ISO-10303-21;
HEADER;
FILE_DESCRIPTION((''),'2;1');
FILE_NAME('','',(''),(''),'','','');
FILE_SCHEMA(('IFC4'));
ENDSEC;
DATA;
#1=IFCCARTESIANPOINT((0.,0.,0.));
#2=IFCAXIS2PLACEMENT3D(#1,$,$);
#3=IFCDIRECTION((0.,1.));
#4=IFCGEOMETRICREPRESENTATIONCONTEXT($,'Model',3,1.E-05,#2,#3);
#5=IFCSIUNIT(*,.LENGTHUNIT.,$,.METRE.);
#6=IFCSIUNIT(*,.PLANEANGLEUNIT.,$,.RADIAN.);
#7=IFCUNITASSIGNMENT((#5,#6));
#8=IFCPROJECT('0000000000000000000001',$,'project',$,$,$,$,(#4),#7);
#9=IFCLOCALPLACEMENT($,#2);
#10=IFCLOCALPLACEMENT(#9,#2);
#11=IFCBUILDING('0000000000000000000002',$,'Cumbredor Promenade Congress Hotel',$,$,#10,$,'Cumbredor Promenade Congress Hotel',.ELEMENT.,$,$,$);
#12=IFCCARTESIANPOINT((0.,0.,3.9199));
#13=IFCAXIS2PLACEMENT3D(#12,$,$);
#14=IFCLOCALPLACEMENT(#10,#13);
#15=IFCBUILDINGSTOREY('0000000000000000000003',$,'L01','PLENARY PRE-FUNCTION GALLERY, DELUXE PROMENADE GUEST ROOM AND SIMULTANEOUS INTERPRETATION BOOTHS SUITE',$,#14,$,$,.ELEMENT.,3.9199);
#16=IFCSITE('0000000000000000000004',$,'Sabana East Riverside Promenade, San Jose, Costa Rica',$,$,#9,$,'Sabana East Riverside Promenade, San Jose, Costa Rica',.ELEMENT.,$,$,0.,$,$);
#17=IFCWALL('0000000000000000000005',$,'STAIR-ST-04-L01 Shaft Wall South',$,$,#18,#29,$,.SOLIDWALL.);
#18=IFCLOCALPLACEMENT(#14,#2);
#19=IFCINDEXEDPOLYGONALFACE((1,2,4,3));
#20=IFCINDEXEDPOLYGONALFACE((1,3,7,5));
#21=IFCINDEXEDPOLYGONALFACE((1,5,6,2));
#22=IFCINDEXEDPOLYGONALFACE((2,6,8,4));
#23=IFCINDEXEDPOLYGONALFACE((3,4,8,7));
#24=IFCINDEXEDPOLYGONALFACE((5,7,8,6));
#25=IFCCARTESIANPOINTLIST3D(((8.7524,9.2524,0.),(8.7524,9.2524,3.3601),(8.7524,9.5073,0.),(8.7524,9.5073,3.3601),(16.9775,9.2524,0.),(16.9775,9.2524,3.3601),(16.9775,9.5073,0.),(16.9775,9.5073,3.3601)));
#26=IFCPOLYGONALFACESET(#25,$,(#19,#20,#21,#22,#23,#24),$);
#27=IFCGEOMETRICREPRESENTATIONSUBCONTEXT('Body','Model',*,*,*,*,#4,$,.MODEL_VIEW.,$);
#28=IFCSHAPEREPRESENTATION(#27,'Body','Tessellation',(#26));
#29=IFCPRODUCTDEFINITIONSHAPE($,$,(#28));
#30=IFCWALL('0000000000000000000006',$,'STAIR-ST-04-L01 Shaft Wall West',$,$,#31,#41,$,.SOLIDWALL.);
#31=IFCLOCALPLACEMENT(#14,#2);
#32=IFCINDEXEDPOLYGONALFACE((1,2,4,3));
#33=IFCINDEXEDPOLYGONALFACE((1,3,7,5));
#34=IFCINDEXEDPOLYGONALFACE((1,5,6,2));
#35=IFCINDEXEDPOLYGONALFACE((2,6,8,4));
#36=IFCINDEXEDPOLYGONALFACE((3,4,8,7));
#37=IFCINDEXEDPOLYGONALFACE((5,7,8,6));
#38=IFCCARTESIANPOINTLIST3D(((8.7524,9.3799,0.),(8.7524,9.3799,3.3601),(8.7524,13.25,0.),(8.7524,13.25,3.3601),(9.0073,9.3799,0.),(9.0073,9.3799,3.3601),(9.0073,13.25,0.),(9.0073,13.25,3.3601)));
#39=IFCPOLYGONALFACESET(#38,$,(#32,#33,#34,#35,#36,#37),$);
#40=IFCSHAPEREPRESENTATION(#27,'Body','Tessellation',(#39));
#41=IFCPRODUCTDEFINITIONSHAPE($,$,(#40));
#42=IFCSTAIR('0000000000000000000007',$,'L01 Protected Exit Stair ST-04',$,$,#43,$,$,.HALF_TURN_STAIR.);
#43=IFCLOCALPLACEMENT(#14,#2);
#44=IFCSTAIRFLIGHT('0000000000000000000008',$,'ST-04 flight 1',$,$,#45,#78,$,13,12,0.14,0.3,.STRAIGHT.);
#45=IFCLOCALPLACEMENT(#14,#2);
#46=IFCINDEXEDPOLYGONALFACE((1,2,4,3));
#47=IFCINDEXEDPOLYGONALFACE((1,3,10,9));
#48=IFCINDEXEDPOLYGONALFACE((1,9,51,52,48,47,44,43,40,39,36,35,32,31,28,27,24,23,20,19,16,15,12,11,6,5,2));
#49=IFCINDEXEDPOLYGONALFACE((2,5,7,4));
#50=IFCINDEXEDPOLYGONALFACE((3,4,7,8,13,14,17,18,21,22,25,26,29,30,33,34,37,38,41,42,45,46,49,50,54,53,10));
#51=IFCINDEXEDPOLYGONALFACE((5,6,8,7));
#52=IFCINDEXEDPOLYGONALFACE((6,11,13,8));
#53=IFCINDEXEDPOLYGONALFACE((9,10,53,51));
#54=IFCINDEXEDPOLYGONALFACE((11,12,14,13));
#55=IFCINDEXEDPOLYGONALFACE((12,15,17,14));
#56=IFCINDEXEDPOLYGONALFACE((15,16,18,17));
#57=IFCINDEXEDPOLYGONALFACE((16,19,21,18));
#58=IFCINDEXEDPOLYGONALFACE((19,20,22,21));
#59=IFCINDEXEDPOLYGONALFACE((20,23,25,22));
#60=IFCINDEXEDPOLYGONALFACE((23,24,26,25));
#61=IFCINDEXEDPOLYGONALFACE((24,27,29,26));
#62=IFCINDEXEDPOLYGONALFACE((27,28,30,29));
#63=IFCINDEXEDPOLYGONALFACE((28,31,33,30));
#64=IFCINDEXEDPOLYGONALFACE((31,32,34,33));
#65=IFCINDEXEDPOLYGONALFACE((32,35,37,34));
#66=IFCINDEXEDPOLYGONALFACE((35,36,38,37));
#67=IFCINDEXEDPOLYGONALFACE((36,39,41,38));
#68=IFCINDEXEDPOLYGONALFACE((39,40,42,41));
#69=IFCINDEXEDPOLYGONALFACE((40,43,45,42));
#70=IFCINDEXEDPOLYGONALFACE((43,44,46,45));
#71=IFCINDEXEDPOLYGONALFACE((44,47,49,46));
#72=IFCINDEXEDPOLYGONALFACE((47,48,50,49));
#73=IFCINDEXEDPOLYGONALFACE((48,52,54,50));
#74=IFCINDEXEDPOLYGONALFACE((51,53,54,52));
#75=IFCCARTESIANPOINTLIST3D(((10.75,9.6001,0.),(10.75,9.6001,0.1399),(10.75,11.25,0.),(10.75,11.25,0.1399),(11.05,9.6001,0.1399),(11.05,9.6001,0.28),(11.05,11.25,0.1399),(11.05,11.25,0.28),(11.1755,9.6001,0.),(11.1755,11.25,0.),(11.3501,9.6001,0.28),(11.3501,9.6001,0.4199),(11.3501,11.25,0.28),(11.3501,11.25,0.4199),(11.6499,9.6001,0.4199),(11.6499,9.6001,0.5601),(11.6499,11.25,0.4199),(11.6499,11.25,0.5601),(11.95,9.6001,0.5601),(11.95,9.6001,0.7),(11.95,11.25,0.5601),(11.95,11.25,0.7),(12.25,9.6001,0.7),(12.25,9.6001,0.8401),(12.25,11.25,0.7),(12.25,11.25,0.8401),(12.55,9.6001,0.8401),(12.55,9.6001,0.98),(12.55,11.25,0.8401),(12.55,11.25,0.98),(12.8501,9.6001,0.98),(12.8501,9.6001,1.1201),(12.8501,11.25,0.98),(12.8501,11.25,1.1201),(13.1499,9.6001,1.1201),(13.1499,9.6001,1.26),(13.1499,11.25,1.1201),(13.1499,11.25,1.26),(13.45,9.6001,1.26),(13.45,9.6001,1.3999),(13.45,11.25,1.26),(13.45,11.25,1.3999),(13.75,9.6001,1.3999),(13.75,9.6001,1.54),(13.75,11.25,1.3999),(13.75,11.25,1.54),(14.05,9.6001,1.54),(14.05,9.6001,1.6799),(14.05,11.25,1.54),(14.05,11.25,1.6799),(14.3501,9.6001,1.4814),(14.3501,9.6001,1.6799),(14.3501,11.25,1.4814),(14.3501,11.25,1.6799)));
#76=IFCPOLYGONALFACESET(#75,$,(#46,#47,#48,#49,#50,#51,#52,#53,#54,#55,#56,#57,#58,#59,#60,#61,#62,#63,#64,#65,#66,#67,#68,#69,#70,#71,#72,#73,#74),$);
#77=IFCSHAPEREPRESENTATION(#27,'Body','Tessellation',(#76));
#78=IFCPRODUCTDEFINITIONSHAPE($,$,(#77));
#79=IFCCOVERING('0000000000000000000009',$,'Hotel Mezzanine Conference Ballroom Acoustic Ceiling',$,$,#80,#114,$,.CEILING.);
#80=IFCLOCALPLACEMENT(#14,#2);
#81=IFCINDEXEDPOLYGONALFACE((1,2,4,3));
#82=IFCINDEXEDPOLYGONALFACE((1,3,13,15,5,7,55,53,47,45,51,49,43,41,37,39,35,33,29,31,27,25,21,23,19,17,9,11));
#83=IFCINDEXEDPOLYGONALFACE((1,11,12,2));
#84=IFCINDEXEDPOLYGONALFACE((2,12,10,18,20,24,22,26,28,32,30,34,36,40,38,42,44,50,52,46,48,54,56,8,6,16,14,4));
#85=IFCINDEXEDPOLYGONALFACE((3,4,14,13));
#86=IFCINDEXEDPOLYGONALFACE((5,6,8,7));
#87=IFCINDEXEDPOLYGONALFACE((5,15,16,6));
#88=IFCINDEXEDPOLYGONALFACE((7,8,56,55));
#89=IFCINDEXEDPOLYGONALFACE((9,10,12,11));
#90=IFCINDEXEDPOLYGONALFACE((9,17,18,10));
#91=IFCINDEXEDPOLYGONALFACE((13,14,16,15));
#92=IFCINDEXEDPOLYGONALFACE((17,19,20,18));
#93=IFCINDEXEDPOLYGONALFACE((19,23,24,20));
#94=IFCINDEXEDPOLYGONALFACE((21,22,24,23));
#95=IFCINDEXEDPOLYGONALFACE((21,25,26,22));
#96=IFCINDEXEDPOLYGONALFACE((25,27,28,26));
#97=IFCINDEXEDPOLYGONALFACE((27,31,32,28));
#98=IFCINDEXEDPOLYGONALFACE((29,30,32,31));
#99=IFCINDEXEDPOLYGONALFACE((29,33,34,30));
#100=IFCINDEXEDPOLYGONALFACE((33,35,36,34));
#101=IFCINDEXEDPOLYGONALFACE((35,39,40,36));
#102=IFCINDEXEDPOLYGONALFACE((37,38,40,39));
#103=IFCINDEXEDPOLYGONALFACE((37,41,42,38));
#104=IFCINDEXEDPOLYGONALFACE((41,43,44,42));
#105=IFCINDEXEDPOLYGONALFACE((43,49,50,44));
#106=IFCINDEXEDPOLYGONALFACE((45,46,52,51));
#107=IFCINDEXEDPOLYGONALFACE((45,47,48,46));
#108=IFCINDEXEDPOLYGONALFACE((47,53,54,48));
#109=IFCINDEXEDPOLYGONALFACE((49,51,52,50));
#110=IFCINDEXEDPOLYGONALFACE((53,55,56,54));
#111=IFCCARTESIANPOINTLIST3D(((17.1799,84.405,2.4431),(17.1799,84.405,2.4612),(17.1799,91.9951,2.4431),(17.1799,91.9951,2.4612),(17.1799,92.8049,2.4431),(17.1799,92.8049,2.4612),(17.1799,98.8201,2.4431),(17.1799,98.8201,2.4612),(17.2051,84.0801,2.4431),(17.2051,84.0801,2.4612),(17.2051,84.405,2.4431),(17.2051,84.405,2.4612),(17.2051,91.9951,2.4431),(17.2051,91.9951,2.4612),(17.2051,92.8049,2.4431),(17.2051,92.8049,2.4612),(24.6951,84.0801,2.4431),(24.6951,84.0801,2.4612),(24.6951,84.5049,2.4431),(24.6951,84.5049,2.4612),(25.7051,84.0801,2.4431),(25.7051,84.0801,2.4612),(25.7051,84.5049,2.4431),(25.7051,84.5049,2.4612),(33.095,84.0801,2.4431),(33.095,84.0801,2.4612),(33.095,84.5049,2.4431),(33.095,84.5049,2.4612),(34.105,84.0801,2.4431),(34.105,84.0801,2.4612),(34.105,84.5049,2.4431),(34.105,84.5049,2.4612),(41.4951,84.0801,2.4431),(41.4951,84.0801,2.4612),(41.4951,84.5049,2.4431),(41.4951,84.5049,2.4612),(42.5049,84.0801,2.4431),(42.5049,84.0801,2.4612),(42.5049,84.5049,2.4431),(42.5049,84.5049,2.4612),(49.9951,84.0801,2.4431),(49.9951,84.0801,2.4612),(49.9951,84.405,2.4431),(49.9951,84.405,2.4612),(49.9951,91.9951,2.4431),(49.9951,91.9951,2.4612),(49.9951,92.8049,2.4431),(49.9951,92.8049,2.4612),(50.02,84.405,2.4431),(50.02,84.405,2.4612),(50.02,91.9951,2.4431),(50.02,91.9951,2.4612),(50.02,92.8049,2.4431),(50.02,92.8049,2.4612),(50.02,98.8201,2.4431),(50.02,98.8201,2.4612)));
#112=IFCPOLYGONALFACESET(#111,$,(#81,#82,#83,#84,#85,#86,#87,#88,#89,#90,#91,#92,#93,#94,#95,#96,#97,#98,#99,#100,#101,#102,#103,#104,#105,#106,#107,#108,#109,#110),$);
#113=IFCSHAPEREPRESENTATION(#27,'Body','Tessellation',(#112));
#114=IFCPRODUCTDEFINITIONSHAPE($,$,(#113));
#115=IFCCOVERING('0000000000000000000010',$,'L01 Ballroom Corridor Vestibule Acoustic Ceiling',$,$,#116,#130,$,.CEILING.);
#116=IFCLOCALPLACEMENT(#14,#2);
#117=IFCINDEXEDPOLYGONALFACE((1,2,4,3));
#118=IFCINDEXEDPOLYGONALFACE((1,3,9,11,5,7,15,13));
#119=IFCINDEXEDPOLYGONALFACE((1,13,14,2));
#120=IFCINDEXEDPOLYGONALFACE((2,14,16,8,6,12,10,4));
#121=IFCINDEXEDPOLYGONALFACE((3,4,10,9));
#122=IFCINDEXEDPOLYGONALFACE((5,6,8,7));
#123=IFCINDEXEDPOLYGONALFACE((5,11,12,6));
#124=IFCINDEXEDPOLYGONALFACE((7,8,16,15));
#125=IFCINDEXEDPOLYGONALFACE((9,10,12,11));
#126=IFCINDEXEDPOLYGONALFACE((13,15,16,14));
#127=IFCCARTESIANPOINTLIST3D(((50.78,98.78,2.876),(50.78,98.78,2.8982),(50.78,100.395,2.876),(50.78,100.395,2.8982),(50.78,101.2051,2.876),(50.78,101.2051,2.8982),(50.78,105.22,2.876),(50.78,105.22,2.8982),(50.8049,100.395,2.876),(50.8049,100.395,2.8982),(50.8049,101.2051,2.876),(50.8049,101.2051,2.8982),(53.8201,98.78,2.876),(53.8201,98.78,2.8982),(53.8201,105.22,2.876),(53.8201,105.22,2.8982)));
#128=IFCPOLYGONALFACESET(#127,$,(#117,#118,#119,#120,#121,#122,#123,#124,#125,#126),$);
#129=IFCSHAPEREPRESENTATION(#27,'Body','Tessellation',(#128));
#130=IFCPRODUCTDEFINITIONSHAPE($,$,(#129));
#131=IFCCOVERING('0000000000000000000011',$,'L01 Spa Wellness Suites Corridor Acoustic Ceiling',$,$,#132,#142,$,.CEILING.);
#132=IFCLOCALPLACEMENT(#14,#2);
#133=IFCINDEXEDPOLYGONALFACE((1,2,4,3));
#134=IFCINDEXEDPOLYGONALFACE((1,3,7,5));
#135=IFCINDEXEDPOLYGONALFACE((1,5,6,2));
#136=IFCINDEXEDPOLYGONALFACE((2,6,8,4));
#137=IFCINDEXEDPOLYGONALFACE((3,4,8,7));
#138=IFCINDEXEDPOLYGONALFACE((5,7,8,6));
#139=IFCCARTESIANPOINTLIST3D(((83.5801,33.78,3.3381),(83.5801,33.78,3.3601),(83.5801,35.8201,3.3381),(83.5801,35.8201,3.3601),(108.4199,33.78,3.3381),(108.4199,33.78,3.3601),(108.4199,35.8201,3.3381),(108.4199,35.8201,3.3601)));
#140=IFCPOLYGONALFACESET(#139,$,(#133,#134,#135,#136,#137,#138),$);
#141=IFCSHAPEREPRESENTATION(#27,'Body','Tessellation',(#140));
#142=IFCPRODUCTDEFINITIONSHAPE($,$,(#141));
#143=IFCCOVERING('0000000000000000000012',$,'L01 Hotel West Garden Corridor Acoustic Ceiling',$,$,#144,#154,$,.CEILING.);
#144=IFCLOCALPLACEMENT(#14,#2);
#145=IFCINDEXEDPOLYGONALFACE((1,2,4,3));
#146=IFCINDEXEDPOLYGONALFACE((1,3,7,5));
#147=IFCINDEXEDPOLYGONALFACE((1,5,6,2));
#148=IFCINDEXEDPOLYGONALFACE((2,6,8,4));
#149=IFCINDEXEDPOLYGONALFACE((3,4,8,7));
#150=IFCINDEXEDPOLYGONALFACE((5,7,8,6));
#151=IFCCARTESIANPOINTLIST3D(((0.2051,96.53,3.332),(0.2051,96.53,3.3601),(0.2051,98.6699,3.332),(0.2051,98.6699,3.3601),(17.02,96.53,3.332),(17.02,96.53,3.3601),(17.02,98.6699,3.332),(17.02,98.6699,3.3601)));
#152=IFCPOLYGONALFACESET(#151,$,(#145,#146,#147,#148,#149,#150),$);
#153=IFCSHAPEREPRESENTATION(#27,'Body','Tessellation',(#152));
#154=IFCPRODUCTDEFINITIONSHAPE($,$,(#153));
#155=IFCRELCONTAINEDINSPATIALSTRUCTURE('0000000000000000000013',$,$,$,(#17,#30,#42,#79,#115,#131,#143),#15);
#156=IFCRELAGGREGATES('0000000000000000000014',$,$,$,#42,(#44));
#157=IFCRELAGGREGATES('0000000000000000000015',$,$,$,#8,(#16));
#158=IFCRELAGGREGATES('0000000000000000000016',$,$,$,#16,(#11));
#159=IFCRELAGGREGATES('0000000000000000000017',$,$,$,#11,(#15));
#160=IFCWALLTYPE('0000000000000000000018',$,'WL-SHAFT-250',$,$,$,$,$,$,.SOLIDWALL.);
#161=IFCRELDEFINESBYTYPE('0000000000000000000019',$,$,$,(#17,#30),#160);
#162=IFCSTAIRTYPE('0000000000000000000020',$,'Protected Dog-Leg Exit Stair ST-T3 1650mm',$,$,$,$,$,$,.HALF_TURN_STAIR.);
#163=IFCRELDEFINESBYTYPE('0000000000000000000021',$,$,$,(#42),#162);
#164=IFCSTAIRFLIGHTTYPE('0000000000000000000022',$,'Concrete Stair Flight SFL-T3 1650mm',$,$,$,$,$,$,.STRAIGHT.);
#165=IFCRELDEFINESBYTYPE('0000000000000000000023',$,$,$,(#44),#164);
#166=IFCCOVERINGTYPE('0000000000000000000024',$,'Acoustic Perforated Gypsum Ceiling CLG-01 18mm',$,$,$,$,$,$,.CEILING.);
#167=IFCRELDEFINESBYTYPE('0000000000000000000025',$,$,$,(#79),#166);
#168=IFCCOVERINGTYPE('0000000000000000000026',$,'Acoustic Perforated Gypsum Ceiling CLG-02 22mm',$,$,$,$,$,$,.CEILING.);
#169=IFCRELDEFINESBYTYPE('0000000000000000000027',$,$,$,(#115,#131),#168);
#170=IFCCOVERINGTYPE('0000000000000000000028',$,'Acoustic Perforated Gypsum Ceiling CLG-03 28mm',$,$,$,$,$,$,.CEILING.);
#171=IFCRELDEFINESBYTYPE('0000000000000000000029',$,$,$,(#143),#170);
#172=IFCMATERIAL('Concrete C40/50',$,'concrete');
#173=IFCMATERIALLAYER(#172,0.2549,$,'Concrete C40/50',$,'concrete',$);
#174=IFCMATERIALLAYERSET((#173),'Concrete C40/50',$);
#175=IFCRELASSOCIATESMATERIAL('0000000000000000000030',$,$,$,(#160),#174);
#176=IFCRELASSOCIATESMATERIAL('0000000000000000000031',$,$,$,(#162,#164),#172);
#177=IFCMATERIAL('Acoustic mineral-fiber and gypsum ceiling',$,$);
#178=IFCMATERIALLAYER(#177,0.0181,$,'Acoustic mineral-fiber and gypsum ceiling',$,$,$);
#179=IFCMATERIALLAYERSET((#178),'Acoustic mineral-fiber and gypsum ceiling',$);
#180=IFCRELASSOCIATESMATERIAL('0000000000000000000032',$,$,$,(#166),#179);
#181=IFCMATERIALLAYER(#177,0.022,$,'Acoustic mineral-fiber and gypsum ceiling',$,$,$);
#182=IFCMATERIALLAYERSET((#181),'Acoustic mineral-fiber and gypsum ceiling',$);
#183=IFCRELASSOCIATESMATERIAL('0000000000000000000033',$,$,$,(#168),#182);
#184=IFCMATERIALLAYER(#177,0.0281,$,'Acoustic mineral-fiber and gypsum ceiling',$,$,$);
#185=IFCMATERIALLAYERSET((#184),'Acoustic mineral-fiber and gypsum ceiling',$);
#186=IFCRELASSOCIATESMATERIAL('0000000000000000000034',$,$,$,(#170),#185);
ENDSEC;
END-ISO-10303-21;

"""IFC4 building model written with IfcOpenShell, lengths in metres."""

from ifc_helpers import new_model, si_unit, direction, frame, frame_2d, origin, place, context, subcontext, project, spatial, polyline, rectangle, outline, extrude, material, layer, layer_set, type_object, element, aggregate, save


model = new_model("IFC4")

# Units and contexts
model_context = context("Model", 3, precision=1e-05, world=origin(), true_north=direction((0.0, 1.0)))
body_context = subcontext(model_context, "Body", "Model", "MODEL_VIEW")
ifc_project = project(units=[si_unit("LENGTHUNIT", "METRE"), si_unit("PLANEANGLEUNIT", "RADIAN")], contexts=[model_context])

# Site, building, storey
site_placement = place(None, origin())
site = spatial("IfcSite", under=ifc_project, at=site_placement, Name="Sabana East Riverside Promenade, San Jose, Costa Rica", LongName="Sabana East Riverside Promenade, San Jose, Costa Rica", CompositionType="ELEMENT", RefElevation=0.0)
building_placement = place(site_placement, origin())
building = spatial("IfcBuilding", under=site, at=building_placement, Name="Cumbredor Promenade Congress Hotel", LongName="Cumbredor Promenade Congress Hotel", CompositionType="ELEMENT")
storey_placement = place(building_placement, frame((0.0, 0.0, 3.9199)))
storey = spatial("IfcBuildingStorey", under=building, at=storey_placement, Name="L01", Description="PLENARY PRE-FUNCTION GALLERY, DELUXE PROMENADE GUEST ROOM AND SIMULTANEOUS INTERPRETATION BOOTHS SUITE", CompositionType="ELEMENT", Elevation=3.9199)

# Shared definitions
ifc_material_1 = material(Name="Concrete C40/50", Category="concrete")

# Walls
ifc_layer_1 = layer(ifc_material_1, 0.2549, Name="Concrete C40/50", Category="concrete")
ifc_layer_set_1 = layer_set([ifc_layer_1], Name="Concrete C40/50")
wall_type_1 = type_object("IfcWallType", Name="WL-SHAFT-250", PredefinedType="SOLIDWALL", material=ifc_layer_set_1)
wall_1_placement = place(storey_placement, frame((8.7524, 9.3799, 0.0), z_axis=(0.0, 0.0, 1.0), x_axis=(1.0, 0.0, 0.0)))
element("IfcWall", 1, at=wall_1_placement, inside=storey, type_object=wall_type_1, Name="STAIR-ST-04-L01 Shaft Wall South", PredefinedType="SOLIDWALL", context=body_context, shape_type="SweptSolid", body=[
    extrude(rectangle(XDim=8.2251, YDim=0.2549, at=frame_2d((4.1125, 0.0))), origin(), (0.0, 0.0, 1.0), 3.3601),
])
wall_2_placement = place(storey_placement, frame((8.8799, 9.3799, 0.0), z_axis=(0.0, 0.0, 1.0), x_axis=(0.0, 1.0, 0.0)))
element("IfcWall", 2, at=wall_2_placement, inside=storey, type_object=wall_type_1, Name="STAIR-ST-04-L01 Shaft Wall West", PredefinedType="SOLIDWALL", context=body_context, shape_type="SweptSolid", body=[
    extrude(rectangle(XDim=3.8701, YDim=0.2549, at=frame_2d((1.9351, 0.0))), origin(), (0.0, 0.0, 1.0), 3.3601),
])

# Stair, stair flight
stair_type = type_object("IfcStairType", Name="Protected Dog-Leg Exit Stair ST-T3 1650mm", PredefinedType="HALF_TURN_STAIR", material=ifc_material_1)
stair_placement = place(storey_placement, origin())
stair = element("IfcStair", 3, at=stair_placement, inside=storey, type_object=stair_type, Name="L01 Protected Exit Stair ST-04", PredefinedType="HALF_TURN_STAIR")
stair_flight_type = type_object("IfcStairFlightType", Name="Concrete Stair Flight SFL-T3 1650mm", PredefinedType="STRAIGHT", material=ifc_material_1)
stair_flight_placement = place(storey_placement, frame((10.75, 10.425, 0.0), z_axis=(0.0, 0.0, 1.0), x_axis=(1.0, 0.0, 0.0)))
stair_flight = element("IfcStairFlight", 4, at=stair_flight_placement, type_object=stair_flight_type, Name="ST-04 flight 1", NumberOfRisers=13, NumberOfTreads=12, PredefinedType="STRAIGHT", RiserHeight=0.14, TreadLength=0.3, context=body_context, shape_type="SweptSolid", body=[
    extrude(outline(polyline([(0.0, 0.0), (0.0, 0.1399), (0.3, 0.1399), (0.3, 0.28), (0.6001, 0.28), (0.6001, 0.4199), (0.8999, 0.4199), (0.8999, 0.5601), (1.2, 0.5601), (1.2, 0.7), (1.5, 0.7), (1.5, 0.8401), (1.8, 0.8401), (1.8, 0.98), (2.1001, 0.98), (2.1001, 1.1201), (2.3999, 1.1201), (2.3999, 1.26), (2.7, 1.26), (2.7, 1.3999), (3.0, 1.3999), (3.0, 1.54), (3.3, 1.54), (3.3, 1.6799), (3.6001, 1.6799), (3.6001, 1.8201), (3.6001, 1.4814), (0.4255, 0.0), (0.0, 0.0)])), frame((0.0, 0.825, 0.0), z_axis=(0.0, -1.0, 0.0), x_axis=(1.0, 0.0, 0.0)), (0.0, 0.0, 1.0), 1.6499),
])
aggregate(stair, [stair_flight])

# Coverings
ifc_material_2 = material(Name="Acoustic mineral-fiber and gypsum ceiling")
ifc_layer_2 = layer(ifc_material_2, 0.0181, Name="Acoustic mineral-fiber and gypsum ceiling")
ifc_layer_set_2 = layer_set([ifc_layer_2], Name="Acoustic mineral-fiber and gypsum ceiling")
covering_type_1 = type_object("IfcCoveringType", Name="Acoustic Perforated Gypsum Ceiling CLG-01 18mm", PredefinedType="CEILING", material=ifc_layer_set_2)
covering_1_placement = place(storey_placement, frame((0.0, 0.0, 2.4431)))
element("IfcCovering", 5, at=covering_1_placement, inside=storey, type_object=covering_type_1, Name="Hotel Mezzanine Conference Ballroom Acoustic Ceiling", PredefinedType="CEILING", context=body_context, shape_type="SweptSolid", body=[
    extrude(outline(polyline([(33.095, 84.0801), (25.7051, 84.0801), (25.7051, 84.5049), (24.6951, 84.5049), (24.6951, 84.0801), (17.2051, 84.0801), (17.2051, 84.405), (17.1799, 84.405), (17.1799, 91.9951), (17.2051, 91.9951), (17.2051, 92.8049), (17.1799, 92.8049), (17.1799, 98.8201), (50.02, 98.8201), (50.02, 92.8049), (49.9951, 92.8049), (49.9951, 91.9951), (50.02, 91.9951), (50.02, 84.405), (49.9951, 84.405), (49.9951, 84.0801), (42.5049, 84.0801), (42.5049, 84.5049), (41.4951, 84.5049), (41.4951, 84.0801), (34.105, 84.0801), (34.105, 84.5049), (33.095, 84.5049), (33.095, 84.0801)])), origin(), (0.0, 0.0, 1.0), 0.0181),
])
ifc_layer_3 = layer(ifc_material_2, 0.022, Name="Acoustic mineral-fiber and gypsum ceiling")
ifc_layer_set_3 = layer_set([ifc_layer_3], Name="Acoustic mineral-fiber and gypsum ceiling")
covering_type_2 = type_object("IfcCoveringType", Name="Acoustic Perforated Gypsum Ceiling CLG-02 22mm", PredefinedType="CEILING", material=ifc_layer_set_3)
covering_2_placement = place(storey_placement, frame((0.0, 0.0, 2.876)))
element("IfcCovering", 6, at=covering_2_placement, inside=storey, type_object=covering_type_2, Name="L01 Ballroom Corridor Vestibule Acoustic Ceiling", PredefinedType="CEILING", context=body_context, shape_type="SweptSolid", body=[
    extrude(outline(polyline([(50.78, 100.395), (50.8049, 100.395), (50.8049, 101.2051), (50.78, 101.2051), (50.78, 105.22), (53.8201, 105.22), (53.8201, 98.78), (50.78, 98.78), (50.78, 100.395)])), origin(), (0.0, 0.0, 1.0), 0.0222),
])
covering_3_placement = place(storey_placement, frame((0.0, 0.0, 3.3381)))
element("IfcCovering", 7, at=covering_3_placement, inside=storey, type_object=covering_type_2, Name="L01 Spa Wellness Suites Corridor Acoustic Ceiling", PredefinedType="CEILING", context=body_context, shape_type="SweptSolid", body=[
    extrude(outline(polyline([(83.5801, 33.78), (83.5801, 35.8201), (108.4199, 35.8201), (108.4199, 33.78), (83.5801, 33.78)])), origin(), (0.0, 0.0, 1.0), 0.022),
])
ifc_layer_4 = layer(ifc_material_2, 0.0281, Name="Acoustic mineral-fiber and gypsum ceiling")
ifc_layer_set_4 = layer_set([ifc_layer_4], Name="Acoustic mineral-fiber and gypsum ceiling")
covering_type_3 = type_object("IfcCoveringType", Name="Acoustic Perforated Gypsum Ceiling CLG-03 28mm", PredefinedType="CEILING", material=ifc_layer_set_4)
covering_4_placement = place(storey_placement, frame((0.0, 0.0, 3.332)))
element("IfcCovering", 8, at=covering_4_placement, inside=storey, type_object=covering_type_3, Name="L01 Hotel West Garden Corridor Acoustic Ceiling", PredefinedType="CEILING", context=body_context, shape_type="SweptSolid", body=[
    extrude(outline(polyline([(0.2051, 96.53), (0.2051, 98.6699), (17.02, 98.6699), (17.02, 96.53), (0.2051, 96.53)])), origin(), (0.0, 0.0, 1.0), 0.0281),
])

save(model, "model.ifc")
